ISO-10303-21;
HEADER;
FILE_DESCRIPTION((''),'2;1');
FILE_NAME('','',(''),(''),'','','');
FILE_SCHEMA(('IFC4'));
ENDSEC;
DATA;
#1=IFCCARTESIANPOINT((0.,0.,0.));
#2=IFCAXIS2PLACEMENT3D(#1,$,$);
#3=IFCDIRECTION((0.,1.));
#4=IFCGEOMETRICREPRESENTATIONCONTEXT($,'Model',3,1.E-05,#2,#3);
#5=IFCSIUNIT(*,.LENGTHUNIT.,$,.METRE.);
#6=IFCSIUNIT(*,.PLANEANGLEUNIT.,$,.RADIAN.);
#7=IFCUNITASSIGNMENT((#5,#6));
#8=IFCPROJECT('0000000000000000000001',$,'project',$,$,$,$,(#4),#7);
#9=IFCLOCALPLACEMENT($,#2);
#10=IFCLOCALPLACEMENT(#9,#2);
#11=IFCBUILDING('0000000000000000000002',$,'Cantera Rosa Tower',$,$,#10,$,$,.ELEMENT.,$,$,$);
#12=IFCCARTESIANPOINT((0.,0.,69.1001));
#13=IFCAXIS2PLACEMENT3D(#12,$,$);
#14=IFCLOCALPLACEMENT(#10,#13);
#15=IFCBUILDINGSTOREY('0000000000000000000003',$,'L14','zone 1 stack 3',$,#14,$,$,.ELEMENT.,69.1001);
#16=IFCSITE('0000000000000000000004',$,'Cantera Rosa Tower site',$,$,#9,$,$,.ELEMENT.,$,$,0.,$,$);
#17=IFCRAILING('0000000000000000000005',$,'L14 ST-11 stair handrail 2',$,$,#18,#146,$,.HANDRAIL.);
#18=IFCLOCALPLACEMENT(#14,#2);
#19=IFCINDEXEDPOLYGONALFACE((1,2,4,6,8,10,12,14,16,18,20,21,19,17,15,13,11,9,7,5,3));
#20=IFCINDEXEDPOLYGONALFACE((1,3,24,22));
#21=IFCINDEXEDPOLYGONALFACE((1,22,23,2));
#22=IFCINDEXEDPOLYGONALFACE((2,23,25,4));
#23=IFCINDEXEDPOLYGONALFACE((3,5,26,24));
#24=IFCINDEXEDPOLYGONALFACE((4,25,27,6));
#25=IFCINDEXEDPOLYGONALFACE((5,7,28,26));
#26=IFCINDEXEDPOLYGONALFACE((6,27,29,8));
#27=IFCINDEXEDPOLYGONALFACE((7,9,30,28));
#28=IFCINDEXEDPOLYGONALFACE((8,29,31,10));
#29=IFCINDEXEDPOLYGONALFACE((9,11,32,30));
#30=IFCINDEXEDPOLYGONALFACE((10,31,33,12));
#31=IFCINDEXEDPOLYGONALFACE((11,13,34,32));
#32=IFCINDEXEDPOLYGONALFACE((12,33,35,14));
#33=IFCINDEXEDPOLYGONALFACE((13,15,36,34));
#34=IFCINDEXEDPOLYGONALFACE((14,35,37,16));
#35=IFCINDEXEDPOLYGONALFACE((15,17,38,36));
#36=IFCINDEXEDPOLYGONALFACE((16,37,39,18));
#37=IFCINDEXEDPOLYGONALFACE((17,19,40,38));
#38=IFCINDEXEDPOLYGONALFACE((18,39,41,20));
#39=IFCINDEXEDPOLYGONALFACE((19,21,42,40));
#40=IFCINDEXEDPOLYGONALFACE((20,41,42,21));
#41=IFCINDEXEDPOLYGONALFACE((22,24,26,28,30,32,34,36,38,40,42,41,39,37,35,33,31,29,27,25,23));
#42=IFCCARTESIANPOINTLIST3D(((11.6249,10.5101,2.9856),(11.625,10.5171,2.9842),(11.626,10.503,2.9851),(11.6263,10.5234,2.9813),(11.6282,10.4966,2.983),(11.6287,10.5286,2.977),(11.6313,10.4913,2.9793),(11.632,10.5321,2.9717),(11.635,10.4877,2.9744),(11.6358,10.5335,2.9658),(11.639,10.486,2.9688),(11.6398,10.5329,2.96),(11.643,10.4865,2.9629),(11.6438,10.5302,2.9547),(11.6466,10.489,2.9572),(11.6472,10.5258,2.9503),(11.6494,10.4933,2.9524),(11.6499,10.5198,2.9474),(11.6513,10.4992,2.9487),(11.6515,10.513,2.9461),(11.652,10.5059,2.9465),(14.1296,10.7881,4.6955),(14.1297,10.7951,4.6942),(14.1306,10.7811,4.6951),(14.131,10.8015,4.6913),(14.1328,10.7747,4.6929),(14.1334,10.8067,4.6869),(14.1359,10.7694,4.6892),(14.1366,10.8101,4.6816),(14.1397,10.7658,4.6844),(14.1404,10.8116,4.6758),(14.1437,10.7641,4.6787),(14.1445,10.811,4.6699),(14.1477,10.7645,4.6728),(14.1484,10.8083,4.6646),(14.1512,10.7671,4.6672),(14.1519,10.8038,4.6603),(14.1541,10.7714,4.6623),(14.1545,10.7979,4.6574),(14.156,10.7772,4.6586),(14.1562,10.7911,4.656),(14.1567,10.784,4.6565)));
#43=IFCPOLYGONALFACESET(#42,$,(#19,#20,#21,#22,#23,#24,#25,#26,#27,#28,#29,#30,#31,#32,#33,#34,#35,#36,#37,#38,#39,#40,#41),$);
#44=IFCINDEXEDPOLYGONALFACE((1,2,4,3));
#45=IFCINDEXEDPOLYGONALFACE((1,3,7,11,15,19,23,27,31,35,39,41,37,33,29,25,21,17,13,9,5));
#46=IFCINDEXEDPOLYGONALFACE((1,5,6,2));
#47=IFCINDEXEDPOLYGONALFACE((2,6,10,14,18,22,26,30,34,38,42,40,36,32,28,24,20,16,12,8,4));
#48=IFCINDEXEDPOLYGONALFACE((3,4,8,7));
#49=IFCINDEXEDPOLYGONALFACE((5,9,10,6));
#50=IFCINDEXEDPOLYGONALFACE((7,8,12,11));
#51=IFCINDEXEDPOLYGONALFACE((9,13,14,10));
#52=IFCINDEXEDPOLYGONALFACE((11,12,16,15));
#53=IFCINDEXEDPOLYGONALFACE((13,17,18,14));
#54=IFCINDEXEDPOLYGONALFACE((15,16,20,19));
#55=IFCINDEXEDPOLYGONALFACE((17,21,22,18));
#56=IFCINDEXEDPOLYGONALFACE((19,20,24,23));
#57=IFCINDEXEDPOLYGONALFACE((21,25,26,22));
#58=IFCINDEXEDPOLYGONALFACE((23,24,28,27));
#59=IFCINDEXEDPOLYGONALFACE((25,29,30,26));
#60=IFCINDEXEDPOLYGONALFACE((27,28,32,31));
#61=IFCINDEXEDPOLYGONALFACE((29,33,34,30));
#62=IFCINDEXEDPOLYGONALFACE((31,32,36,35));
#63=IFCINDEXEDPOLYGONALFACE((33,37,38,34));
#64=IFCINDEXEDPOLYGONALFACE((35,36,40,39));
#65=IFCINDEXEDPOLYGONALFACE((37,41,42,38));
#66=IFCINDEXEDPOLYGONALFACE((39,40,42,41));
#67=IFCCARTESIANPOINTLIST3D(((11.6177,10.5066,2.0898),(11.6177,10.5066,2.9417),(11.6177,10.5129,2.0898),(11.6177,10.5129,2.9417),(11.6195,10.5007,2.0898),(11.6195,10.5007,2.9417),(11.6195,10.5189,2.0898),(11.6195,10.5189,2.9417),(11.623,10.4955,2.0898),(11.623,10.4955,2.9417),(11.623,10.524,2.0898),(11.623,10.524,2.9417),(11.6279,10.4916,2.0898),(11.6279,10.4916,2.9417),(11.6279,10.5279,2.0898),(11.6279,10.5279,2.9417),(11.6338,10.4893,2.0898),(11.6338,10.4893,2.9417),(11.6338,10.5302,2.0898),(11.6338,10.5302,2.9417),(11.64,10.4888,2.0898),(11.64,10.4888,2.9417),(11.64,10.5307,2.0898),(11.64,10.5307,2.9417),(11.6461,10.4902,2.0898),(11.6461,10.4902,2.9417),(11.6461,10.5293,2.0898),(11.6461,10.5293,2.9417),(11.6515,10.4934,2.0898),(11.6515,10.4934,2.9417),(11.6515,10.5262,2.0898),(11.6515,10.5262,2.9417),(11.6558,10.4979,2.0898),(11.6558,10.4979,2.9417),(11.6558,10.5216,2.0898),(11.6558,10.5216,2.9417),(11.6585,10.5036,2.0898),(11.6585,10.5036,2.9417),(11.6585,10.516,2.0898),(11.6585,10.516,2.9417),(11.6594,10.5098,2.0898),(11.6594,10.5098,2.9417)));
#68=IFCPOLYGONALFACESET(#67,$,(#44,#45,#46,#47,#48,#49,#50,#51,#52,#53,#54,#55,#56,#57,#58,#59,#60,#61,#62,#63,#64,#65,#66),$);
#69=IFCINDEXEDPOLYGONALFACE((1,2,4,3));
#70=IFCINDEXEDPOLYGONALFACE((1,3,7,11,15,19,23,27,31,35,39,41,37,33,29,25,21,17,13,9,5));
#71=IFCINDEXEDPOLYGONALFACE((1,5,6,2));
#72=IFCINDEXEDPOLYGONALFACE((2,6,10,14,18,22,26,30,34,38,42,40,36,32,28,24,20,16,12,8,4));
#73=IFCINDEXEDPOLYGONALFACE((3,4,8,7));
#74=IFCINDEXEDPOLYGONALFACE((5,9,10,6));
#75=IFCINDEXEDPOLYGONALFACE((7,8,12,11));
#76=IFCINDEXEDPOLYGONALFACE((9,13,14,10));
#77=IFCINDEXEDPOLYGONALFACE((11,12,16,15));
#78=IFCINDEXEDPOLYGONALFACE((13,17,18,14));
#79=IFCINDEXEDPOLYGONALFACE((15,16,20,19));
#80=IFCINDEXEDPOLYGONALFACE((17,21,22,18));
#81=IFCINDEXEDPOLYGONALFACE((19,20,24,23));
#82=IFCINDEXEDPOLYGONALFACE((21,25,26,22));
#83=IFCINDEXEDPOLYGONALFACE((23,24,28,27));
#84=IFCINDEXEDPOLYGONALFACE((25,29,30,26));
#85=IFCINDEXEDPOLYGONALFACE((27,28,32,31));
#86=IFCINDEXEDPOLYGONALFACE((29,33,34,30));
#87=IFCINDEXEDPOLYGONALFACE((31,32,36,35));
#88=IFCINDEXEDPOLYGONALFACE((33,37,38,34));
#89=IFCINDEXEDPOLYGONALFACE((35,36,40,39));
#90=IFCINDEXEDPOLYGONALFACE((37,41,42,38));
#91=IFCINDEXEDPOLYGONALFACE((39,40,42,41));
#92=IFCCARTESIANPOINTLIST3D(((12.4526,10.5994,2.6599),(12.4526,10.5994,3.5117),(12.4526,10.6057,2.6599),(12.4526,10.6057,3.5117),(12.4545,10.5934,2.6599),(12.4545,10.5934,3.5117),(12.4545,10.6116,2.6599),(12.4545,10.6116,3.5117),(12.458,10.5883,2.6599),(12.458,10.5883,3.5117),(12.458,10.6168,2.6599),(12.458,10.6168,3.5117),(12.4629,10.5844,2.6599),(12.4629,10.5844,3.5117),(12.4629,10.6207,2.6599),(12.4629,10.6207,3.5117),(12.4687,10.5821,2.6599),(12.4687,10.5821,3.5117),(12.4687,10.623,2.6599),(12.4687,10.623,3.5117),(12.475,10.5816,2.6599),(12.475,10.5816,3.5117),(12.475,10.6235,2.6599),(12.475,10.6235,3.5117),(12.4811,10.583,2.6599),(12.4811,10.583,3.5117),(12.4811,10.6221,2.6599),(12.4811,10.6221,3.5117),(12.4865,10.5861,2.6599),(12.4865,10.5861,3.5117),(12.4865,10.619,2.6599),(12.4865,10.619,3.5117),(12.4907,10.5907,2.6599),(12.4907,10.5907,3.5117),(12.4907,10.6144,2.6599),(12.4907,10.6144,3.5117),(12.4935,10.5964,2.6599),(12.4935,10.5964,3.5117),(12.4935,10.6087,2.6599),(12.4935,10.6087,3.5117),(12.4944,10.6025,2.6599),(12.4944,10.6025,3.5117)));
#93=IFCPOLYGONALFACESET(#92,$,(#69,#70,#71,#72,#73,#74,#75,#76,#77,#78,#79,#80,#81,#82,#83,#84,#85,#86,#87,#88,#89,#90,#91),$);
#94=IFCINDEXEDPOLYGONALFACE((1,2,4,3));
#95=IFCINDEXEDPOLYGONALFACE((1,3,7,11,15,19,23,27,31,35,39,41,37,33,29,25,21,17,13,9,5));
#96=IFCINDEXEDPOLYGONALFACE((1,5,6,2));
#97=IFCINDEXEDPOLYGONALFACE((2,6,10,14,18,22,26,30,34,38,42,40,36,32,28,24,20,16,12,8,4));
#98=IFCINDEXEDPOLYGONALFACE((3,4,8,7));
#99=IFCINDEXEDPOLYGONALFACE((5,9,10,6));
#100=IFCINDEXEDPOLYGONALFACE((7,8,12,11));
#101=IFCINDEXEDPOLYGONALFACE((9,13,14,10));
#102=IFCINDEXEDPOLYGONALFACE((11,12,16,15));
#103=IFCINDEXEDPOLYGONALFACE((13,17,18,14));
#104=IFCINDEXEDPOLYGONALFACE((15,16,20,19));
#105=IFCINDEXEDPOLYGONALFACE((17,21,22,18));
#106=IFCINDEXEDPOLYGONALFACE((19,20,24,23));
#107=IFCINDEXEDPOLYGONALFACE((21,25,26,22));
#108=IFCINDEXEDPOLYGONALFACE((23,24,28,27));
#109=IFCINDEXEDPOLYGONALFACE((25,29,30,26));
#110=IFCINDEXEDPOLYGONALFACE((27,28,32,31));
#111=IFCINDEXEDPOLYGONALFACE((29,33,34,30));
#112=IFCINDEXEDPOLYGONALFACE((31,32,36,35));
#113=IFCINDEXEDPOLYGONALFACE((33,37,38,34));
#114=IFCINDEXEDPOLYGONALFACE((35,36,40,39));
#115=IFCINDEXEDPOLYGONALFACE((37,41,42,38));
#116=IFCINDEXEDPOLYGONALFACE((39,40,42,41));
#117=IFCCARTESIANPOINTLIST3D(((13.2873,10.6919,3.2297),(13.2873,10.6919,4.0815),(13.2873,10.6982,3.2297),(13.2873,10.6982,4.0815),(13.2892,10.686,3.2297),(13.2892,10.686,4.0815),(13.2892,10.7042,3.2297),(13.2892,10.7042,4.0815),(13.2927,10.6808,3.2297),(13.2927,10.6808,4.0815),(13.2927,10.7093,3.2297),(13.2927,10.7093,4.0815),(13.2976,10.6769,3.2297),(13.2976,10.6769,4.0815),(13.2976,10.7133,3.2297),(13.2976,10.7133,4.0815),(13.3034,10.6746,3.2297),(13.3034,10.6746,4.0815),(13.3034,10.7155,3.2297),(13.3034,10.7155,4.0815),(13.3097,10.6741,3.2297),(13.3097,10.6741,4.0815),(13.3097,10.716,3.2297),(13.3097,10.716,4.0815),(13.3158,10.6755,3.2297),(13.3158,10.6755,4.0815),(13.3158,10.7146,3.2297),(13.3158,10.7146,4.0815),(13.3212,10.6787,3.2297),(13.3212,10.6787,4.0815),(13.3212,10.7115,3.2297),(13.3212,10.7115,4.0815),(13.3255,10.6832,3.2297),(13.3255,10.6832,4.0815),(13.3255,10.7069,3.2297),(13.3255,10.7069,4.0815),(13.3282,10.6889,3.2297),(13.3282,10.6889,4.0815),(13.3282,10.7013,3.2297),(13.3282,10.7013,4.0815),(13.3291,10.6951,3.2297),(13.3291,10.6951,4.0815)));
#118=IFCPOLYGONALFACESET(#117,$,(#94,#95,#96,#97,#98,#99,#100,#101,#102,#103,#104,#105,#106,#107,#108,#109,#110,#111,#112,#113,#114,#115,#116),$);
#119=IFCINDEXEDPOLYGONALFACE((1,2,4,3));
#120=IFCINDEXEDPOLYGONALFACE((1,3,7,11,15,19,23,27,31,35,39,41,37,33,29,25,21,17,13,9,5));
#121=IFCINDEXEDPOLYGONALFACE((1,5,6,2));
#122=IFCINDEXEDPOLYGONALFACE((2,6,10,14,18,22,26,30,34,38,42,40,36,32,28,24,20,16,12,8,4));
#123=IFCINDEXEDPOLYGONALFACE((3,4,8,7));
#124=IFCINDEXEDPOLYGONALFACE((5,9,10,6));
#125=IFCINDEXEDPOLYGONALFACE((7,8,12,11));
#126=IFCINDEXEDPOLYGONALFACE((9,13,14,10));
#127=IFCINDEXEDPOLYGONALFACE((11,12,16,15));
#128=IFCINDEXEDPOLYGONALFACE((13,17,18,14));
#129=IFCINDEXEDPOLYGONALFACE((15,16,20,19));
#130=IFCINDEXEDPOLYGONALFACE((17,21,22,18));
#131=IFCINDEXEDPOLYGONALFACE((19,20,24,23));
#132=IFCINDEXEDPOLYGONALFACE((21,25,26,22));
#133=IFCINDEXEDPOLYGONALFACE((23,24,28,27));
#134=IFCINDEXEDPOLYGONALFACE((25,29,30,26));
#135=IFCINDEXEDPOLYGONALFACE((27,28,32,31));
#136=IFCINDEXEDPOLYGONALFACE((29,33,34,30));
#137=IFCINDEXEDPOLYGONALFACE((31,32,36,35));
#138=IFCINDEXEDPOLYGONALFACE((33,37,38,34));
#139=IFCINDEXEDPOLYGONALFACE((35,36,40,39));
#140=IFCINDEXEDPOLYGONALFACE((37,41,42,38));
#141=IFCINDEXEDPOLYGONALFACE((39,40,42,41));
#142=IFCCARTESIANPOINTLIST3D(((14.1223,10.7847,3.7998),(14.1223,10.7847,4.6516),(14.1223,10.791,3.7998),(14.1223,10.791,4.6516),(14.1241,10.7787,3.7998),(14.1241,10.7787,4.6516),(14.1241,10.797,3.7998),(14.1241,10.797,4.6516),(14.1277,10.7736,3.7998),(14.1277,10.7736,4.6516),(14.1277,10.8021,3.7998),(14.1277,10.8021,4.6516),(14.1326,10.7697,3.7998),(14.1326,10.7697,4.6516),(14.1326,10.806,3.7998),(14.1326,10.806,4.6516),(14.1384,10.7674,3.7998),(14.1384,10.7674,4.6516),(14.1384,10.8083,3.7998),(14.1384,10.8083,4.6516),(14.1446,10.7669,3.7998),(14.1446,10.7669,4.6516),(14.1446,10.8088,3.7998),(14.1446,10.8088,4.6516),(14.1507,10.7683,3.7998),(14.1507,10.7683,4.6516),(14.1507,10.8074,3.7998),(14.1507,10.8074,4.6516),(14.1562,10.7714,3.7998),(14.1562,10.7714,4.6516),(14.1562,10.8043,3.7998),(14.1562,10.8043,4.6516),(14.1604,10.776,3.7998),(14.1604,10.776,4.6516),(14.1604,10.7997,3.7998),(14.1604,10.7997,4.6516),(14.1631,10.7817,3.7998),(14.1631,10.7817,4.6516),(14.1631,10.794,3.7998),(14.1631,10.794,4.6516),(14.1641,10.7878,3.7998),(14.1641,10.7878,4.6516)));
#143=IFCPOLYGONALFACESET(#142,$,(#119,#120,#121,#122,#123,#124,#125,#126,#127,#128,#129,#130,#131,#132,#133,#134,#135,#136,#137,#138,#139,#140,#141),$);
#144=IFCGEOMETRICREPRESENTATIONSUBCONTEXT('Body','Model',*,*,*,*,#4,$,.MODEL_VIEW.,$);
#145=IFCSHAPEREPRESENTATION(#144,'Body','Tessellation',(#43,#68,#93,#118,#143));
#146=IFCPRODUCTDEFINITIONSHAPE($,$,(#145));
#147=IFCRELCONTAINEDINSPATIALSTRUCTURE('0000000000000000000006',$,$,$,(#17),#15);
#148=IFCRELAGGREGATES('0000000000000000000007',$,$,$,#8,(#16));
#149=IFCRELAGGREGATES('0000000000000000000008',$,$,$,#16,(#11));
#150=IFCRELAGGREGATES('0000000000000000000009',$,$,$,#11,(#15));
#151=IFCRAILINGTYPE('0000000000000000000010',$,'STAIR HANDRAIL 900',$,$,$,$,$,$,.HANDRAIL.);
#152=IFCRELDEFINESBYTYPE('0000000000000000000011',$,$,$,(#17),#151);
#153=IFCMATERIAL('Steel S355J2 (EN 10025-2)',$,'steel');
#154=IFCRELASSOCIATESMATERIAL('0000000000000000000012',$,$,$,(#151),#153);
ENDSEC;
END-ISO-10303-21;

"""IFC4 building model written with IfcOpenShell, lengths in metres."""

from ifc_helpers import new_model, si_unit, direction, frame, origin, origin_2d, place, context, subcontext, project, spatial, circle, extrude, material, type_object, element, save


model = new_model("IFC4")

# Units and contexts
model_context = context("Model", 3, precision=1e-05, world=origin(), true_north=direction((0.0, 1.0)))
body_context = subcontext(model_context, "Body", "Model", "MODEL_VIEW")
ifc_project = project(units=[si_unit("LENGTHUNIT", "METRE"), si_unit("PLANEANGLEUNIT", "RADIAN")], contexts=[model_context])

# Site, building, storey
site_placement = place(None, origin())
site = spatial("IfcSite", under=ifc_project, at=site_placement, Name="Cantera Rosa Tower site", CompositionType="ELEMENT", RefElevation=0.0)
building_placement = place(site_placement, origin())
building = spatial("IfcBuilding", under=site, at=building_placement, Name="Cantera Rosa Tower", CompositionType="ELEMENT")
storey_placement = place(building_placement, frame((0.0, 0.0, 69.1001)))
storey = spatial("IfcBuildingStorey", under=building, at=storey_placement, Name="L14", Description="zone 1 stack 3", CompositionType="ELEMENT", Elevation=69.1001)

# Railing
ifc_material_1 = material(Name="Steel S355J2 (EN 10025-2)", Category="steel")
railing_type_1 = type_object("IfcRailingType", Name="STAIR HANDRAIL 900", PredefinedType="HANDRAIL", material=ifc_material_1)
railing_1_placement = place(storey_placement, frame((11.6384, 10.5098, 2.0898)))
element("IfcRailing", 1, at=railing_1_placement, inside=storey, type_object=railing_type_1, Name="L14 ST-11 stair handrail 2", PredefinedType="HANDRAIL", context=body_context, shape_type="SweptSolid", body=[
    extrude(circle(Radius=0.0239, at=origin_2d()), frame((0.0, 0.0, 0.876), z_axis=(0.822431, 0.09131, 0.561488), x_axis=(-0.110346, 0.993893, 0.0)), (0.0, 0.0, 1.0), 3.0454),
    extrude(circle(Radius=0.021, at=origin_2d()), origin(), (0.0, 0.0, 1.0), 0.8518),
    extrude(circle(Radius=0.021, at=origin_2d()), frame((0.835, 0.0928, 0.5701)), (0.0, 0.0, 1.0), 0.8518),
    extrude(circle(Radius=0.021, at=origin_2d()), frame((1.6697, 0.1853, 1.1399)), (0.0, 0.0, 1.0), 0.8518),
    extrude(circle(Radius=0.021, at=origin_2d()), frame((2.5046, 0.2781, 1.71)), (0.0, 0.0, 1.0), 0.8518),
])

save(model, "model.ifc")
